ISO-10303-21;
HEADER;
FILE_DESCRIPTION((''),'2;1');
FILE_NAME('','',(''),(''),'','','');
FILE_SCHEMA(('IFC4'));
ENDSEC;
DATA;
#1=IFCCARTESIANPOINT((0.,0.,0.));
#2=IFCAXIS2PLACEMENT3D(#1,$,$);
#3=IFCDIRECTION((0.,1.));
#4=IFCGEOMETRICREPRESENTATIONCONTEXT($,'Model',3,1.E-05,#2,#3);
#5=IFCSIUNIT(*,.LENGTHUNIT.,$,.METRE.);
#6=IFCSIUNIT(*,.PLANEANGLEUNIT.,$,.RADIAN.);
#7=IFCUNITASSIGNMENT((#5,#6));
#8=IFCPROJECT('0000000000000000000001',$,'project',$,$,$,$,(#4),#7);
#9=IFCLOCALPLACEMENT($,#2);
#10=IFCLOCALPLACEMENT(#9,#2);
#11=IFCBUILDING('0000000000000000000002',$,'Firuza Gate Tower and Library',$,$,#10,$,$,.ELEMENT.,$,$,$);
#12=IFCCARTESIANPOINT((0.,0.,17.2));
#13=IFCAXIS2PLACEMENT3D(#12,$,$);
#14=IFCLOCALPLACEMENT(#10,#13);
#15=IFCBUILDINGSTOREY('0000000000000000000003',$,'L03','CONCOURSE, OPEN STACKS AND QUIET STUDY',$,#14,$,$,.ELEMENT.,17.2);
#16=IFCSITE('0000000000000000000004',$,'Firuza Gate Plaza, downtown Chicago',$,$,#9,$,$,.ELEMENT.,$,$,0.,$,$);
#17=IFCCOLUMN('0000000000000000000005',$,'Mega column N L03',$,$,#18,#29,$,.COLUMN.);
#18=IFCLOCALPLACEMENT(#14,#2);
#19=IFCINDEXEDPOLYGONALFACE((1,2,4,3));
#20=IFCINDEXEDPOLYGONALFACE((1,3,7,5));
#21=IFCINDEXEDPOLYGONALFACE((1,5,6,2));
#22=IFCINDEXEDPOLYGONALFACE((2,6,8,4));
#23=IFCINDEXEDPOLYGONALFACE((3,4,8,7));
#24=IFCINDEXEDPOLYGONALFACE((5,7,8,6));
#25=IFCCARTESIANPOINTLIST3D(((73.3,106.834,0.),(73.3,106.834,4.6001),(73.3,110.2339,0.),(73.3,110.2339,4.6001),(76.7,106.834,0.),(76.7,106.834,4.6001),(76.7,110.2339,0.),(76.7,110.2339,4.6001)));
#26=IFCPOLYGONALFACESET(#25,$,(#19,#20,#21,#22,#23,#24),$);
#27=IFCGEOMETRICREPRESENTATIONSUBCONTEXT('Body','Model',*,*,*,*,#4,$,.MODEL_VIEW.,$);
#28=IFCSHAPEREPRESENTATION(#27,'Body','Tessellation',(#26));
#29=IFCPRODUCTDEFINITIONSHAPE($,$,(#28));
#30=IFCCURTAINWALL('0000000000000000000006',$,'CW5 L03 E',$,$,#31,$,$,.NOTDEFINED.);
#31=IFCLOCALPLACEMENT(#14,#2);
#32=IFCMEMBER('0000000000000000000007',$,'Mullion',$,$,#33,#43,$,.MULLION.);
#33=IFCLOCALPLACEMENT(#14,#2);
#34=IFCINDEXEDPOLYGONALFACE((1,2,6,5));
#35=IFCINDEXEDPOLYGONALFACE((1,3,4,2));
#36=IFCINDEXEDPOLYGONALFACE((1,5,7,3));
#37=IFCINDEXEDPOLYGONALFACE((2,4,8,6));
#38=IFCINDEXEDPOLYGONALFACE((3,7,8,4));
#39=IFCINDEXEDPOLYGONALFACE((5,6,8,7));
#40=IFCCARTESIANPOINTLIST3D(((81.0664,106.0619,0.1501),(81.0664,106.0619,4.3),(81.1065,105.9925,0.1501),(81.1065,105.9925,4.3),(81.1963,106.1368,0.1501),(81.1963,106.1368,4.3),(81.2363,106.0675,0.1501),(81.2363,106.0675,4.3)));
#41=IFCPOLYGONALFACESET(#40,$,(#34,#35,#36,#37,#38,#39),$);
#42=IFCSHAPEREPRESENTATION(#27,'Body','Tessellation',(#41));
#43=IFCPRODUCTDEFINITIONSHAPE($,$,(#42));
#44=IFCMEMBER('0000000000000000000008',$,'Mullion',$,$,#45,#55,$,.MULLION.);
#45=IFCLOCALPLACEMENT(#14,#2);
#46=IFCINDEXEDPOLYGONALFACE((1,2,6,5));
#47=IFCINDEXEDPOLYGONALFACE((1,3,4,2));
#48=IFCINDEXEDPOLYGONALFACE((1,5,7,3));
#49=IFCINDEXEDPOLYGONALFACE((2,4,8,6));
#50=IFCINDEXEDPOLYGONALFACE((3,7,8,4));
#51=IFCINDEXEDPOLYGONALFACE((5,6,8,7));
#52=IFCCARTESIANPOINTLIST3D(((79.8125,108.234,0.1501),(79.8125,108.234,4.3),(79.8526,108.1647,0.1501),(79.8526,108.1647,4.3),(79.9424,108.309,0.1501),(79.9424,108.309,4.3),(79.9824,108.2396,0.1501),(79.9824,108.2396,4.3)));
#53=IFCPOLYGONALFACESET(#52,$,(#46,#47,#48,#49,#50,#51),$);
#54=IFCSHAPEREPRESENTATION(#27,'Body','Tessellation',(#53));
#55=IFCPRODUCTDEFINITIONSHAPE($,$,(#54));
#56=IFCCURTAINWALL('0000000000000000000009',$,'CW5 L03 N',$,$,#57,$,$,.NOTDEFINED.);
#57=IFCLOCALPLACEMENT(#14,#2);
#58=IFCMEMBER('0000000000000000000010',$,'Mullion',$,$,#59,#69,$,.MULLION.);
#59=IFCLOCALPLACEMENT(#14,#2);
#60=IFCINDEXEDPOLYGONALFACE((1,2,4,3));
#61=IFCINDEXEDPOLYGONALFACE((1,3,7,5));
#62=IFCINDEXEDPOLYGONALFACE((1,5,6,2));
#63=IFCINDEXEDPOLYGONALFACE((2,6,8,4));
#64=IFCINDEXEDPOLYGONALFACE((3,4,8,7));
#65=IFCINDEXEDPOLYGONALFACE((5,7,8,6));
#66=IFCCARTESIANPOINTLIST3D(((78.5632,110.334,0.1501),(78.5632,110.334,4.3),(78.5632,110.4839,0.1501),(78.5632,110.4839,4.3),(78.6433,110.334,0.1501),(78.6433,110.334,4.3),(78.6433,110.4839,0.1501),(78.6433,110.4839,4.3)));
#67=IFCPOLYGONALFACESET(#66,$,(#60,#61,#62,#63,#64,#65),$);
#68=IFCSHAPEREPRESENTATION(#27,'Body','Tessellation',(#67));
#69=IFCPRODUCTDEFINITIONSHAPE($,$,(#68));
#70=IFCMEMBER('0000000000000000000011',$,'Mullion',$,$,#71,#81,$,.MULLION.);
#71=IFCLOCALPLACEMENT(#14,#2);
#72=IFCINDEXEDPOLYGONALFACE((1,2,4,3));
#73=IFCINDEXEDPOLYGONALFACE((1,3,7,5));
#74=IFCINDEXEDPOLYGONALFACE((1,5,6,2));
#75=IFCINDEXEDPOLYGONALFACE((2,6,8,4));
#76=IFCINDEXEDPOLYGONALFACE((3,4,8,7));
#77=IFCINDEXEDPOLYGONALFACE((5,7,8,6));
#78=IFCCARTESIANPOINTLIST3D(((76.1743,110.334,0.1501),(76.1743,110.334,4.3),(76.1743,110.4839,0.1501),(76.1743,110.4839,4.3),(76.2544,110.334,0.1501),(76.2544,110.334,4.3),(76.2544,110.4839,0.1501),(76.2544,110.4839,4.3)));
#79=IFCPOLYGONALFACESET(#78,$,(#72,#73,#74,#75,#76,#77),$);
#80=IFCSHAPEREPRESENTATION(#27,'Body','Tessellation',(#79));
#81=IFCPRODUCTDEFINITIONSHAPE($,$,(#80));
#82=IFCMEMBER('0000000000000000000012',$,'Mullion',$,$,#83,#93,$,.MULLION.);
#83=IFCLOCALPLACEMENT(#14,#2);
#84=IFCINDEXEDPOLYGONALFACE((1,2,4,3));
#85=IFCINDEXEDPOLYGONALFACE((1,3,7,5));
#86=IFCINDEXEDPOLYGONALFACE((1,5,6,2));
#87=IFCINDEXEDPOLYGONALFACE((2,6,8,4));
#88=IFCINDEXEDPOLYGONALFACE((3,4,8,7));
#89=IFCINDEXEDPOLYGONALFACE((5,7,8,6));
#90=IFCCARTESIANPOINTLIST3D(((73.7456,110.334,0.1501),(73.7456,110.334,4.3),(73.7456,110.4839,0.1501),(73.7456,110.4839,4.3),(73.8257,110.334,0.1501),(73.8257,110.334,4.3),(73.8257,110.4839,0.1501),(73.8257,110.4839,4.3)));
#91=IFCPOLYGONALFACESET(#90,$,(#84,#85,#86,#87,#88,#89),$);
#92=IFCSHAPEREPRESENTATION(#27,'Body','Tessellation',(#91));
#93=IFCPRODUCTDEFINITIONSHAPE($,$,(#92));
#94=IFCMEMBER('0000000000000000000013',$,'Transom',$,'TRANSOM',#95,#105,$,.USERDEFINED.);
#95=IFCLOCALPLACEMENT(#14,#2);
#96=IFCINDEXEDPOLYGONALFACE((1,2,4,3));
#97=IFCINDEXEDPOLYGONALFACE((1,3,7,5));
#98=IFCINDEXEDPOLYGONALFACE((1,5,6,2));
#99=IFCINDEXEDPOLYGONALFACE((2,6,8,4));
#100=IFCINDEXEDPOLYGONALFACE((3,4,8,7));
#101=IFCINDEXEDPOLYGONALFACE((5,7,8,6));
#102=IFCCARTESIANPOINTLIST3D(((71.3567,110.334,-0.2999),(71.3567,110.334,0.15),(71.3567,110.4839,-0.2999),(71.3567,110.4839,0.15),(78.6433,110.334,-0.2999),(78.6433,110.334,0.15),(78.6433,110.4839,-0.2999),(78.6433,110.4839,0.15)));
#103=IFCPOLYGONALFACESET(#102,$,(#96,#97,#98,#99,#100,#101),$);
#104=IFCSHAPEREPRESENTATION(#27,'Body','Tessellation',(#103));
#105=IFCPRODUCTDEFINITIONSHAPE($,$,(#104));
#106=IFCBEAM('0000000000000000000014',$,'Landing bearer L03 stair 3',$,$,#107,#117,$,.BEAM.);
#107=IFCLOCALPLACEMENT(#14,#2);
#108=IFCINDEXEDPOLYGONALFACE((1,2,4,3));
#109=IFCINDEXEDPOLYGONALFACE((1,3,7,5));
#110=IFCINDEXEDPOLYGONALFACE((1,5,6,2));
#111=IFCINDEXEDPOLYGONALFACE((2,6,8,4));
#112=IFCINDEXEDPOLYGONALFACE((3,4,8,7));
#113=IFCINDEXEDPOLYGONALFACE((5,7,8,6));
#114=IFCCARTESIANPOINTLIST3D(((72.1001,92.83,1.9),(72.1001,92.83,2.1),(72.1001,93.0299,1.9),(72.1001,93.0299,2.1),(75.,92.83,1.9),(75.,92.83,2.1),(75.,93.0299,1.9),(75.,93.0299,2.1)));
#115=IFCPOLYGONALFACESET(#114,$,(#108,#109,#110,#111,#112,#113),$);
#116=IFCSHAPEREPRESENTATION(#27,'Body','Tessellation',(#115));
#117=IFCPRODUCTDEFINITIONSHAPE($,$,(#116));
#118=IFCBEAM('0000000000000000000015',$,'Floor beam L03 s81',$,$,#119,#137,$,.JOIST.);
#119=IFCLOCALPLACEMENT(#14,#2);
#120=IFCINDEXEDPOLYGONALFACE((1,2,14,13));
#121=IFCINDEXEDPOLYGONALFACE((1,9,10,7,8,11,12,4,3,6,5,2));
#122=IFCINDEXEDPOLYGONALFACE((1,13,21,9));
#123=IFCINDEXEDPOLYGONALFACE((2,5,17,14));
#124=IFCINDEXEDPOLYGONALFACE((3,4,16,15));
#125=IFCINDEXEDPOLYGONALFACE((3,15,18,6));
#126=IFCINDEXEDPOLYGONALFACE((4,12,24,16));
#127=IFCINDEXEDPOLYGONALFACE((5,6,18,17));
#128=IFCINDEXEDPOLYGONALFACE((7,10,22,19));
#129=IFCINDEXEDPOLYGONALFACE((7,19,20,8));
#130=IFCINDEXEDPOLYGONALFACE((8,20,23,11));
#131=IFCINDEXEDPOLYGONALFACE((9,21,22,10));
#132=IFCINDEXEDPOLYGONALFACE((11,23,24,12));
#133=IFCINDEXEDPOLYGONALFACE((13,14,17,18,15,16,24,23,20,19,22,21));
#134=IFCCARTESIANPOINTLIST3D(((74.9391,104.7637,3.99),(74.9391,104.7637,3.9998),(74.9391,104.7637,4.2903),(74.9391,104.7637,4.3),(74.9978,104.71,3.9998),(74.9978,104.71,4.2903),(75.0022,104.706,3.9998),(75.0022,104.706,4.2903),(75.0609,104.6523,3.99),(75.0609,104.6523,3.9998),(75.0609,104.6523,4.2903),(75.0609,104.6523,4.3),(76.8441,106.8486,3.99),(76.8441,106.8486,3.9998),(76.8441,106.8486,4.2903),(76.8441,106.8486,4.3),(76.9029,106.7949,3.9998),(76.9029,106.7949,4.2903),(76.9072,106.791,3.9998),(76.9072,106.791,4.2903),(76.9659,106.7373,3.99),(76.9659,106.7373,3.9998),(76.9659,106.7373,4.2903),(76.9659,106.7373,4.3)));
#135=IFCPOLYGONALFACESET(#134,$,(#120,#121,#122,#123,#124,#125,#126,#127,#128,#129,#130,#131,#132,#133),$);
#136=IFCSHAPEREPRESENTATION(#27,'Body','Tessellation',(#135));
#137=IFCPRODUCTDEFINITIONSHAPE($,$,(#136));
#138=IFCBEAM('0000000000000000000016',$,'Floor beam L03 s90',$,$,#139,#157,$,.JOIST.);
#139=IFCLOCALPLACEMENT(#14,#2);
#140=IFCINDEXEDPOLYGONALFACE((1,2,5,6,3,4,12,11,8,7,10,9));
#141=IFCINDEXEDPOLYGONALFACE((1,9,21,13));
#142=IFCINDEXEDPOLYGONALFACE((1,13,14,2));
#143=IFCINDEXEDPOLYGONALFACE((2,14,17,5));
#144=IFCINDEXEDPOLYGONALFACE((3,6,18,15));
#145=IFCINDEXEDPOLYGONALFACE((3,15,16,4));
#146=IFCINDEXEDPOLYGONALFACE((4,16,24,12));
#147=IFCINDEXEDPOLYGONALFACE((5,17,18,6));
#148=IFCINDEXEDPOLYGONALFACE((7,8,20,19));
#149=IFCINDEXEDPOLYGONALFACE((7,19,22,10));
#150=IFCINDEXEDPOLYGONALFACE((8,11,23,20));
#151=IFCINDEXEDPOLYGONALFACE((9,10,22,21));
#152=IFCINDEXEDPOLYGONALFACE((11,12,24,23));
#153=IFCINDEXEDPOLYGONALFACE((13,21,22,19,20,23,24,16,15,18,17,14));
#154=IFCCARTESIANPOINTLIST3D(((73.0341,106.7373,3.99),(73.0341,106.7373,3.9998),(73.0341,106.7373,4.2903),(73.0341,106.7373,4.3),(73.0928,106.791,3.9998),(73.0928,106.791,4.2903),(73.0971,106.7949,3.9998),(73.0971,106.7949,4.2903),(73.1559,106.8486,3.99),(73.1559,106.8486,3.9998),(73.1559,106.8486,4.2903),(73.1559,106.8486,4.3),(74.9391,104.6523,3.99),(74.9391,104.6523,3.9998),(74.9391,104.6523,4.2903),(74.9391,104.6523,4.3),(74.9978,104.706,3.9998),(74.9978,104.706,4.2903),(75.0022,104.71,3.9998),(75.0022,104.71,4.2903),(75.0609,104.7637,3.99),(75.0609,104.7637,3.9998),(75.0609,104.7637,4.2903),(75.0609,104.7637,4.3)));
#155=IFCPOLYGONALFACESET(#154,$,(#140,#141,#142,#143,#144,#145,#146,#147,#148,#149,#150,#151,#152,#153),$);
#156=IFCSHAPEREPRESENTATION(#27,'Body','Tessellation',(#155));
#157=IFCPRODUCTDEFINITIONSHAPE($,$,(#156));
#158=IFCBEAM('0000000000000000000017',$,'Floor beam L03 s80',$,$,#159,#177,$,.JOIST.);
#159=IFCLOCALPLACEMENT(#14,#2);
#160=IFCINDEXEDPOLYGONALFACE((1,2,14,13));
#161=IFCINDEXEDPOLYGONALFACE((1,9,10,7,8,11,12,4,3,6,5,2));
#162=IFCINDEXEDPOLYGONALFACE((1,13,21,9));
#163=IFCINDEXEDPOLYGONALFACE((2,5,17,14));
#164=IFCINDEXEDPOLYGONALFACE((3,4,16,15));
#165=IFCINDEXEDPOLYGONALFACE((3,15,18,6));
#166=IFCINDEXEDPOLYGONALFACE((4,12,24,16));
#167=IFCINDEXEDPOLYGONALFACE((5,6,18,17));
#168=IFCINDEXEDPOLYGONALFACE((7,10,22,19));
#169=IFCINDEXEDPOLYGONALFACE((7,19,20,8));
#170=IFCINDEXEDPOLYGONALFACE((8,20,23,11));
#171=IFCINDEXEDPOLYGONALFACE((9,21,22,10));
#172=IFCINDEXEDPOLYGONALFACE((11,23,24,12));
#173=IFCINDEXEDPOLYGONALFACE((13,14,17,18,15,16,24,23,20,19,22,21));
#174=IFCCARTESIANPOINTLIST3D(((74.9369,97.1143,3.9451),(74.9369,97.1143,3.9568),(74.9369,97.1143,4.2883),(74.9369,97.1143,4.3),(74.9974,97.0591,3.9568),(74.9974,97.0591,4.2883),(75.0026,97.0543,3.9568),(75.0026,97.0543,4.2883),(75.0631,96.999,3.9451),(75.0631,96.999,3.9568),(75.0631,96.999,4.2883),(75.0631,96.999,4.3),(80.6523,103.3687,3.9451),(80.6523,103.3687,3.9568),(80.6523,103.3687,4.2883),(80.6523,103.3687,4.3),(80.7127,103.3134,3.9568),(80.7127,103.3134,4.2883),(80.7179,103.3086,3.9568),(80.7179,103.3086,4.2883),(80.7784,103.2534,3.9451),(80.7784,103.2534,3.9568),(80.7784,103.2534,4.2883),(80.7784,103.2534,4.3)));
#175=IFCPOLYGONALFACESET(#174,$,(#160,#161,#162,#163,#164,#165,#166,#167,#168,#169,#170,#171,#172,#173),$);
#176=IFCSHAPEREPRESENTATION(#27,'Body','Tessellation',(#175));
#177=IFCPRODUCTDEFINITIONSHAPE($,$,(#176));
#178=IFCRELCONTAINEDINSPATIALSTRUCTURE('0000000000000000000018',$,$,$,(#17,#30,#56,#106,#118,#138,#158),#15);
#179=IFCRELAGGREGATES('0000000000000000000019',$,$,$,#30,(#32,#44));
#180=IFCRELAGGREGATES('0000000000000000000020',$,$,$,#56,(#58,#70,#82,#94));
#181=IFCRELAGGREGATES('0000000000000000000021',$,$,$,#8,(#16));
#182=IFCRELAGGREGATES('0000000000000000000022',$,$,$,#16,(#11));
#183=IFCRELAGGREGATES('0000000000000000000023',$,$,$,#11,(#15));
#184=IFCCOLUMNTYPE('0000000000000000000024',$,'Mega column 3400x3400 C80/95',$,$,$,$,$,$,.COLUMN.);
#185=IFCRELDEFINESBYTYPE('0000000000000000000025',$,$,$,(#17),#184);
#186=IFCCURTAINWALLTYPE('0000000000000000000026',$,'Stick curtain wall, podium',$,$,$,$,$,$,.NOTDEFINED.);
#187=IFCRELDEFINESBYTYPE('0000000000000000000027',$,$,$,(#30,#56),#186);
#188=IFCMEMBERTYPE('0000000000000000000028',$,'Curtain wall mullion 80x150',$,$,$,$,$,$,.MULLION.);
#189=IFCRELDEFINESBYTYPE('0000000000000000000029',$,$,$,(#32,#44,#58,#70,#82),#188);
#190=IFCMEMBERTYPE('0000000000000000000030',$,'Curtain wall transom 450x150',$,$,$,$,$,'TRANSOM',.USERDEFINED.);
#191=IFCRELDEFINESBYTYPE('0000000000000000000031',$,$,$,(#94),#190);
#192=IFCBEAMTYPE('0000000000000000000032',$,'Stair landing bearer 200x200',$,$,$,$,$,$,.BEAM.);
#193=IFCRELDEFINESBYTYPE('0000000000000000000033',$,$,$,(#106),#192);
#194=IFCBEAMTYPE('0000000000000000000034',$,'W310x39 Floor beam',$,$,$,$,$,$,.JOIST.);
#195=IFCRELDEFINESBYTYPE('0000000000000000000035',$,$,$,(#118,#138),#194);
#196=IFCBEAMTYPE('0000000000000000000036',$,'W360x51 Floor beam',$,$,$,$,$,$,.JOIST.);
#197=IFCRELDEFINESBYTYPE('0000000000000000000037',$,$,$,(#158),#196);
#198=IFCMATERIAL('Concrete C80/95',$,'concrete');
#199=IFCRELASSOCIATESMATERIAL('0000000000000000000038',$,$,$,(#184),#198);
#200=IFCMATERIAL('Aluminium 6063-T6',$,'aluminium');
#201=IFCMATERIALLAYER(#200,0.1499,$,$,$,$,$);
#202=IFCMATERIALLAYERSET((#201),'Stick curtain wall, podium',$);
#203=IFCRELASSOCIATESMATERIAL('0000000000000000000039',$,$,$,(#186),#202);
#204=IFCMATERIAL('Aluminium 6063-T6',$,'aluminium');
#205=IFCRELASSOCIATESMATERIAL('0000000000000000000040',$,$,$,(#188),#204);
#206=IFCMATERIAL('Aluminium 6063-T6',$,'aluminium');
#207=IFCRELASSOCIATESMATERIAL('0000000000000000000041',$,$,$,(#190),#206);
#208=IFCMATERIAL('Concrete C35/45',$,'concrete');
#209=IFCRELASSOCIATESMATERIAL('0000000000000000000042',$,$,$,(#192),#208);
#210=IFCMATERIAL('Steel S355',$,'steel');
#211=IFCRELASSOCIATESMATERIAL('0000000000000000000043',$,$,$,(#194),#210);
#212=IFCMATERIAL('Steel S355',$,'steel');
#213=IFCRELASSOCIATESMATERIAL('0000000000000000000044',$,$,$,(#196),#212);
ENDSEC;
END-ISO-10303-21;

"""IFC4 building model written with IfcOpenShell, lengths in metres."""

from ifc_helpers import new_model, si_unit, direction, frame, origin, origin_2d, place, context, subcontext, project, spatial, rectangle, i_section, extrude, material, layer, layer_set, material_profile, profile_set, type_object, element, aggregate, save


model = new_model("IFC4")

# Units and contexts
model_context = context("Model", 3, precision=1e-05, world=origin(), true_north=direction((0.0, 1.0)))
body_context = subcontext(model_context, "Body", "Model", "MODEL_VIEW")
ifc_project = project(units=[si_unit("LENGTHUNIT", "METRE"), si_unit("PLANEANGLEUNIT", "RADIAN")], contexts=[model_context])

# Site, building, storey
site_placement = place(None, origin())
site = spatial("IfcSite", under=ifc_project, at=site_placement, Name="Firuza Gate Plaza, downtown Chicago", CompositionType="ELEMENT", RefElevation=0.0)
building_placement = place(site_placement, origin())
building = spatial("IfcBuilding", under=site, at=building_placement, Name="Firuza Gate Tower and Library", CompositionType="ELEMENT")
storey_placement = place(building_placement, frame((0.0, 0.0, 17.2)))
storey = spatial("IfcBuildingStorey", under=building, at=storey_placement, Name="L03", Description="CONCOURSE, OPEN STACKS AND QUIET STUDY", CompositionType="ELEMENT", Elevation=17.2)

# Column
ifc_material_1 = material(Name="Concrete C80/95", Category="concrete")
ifc_material_profile_1 = material_profile(ifc_material_1, rectangle(XDim=3.3999, YDim=3.3999, at=origin_2d()))
ifc_profile_set_1 = profile_set([ifc_material_profile_1], Name="Concrete C80/95")
column_type = type_object("IfcColumnType", Name="Mega column 3400x3400 C80/95", PredefinedType="COLUMN", material=ifc_profile_set_1)
column_placement = place(storey_placement, frame((75.0, 108.5339, 0.0), z_axis=(0.0, 0.0, 1.0), x_axis=(-1.0, 0.0, 0.0)))
element("IfcColumn", 1, at=column_placement, inside=storey, type_object=column_type, Name="Mega column N L03", PredefinedType="COLUMN", context=body_context, shape_type="SweptSolid", body=[
    extrude(rectangle(XDim=3.3999, YDim=3.3999, at=origin_2d()), origin(), (0.0, 0.0, 1.0), 4.6001),
])

# Curtain walls, members
ifc_material_2 = material(Name="Aluminium 6063-T6", Category="aluminium")
ifc_layer_1 = layer(ifc_material_2, 0.1499)
ifc_layer_set_1 = layer_set([ifc_layer_1], Name="Stick curtain wall, podium")
curtain_wall_type = type_object("IfcCurtainWallType", Name="Stick curtain wall, podium", PredefinedType="NOTDEFINED", material=ifc_layer_set_1)
placement = place(storey_placement, origin())
curtain_wall_1 = element("IfcCurtainWall", 2, at=placement, inside=storey, type_object=curtain_wall_type, Name="CW5 L03 E", PredefinedType="NOTDEFINED")
ifc_material_3 = material(Name="Aluminium 6063-T6", Category="aluminium")
ifc_material_profile_2 = material_profile(ifc_material_3, rectangle(XDim=0.1499, YDim=0.0801, at=origin_2d()))
ifc_profile_set_2 = profile_set([ifc_material_profile_2], Name="Aluminium 6063-T6")
member_type_1 = type_object("IfcMemberType", Name="Curtain wall mullion 80x150", PredefinedType="MULLION", material=ifc_profile_set_2)
member_1_placement = place(storey_placement, frame((81.1514, 106.0647, 0.1501), z_axis=(0.0, 0.0, 1.0), x_axis=(-0.866025, -0.5, 0.0)))
member_1 = element("IfcMember", 3, at=member_1_placement, type_object=member_type_1, Name="Mullion", PredefinedType="MULLION", context=body_context, shape_type="SweptSolid", body=[
    extrude(rectangle(XDim=0.1499, YDim=0.0801, at=origin_2d()), origin(), (0.0, 0.0, 1.0), 4.1499),
])
member_2_placement = place(storey_placement, frame((79.8975, 108.2368, 0.1501), z_axis=(0.0, 0.0, 1.0), x_axis=(-0.866025, -0.5, 0.0)))
member_2 = element("IfcMember", 4, at=member_2_placement, type_object=member_type_1, Name="Mullion", PredefinedType="MULLION", context=body_context, shape_type="SweptSolid", body=[
    extrude(rectangle(XDim=0.1499, YDim=0.0801, at=origin_2d()), origin(), (0.0, 0.0, 1.0), 4.1499),
])
curtain_wall_2 = element("IfcCurtainWall", 5, at=placement, inside=storey, type_object=curtain_wall_type, Name="CW5 L03 N", PredefinedType="NOTDEFINED")
member_3_placement = place(storey_placement, frame((78.6033, 110.4089, 0.1501), z_axis=(0.0, 0.0, 1.0), x_axis=(0.0, -1.0, 0.0)))
member_3 = element("IfcMember", 6, at=member_3_placement, type_object=member_type_1, Name="Mullion", PredefinedType="MULLION", context=body_context, shape_type="SweptSolid", body=[
    extrude(rectangle(XDim=0.1499, YDim=0.0801, at=origin_2d()), origin(), (0.0, 0.0, 1.0), 4.1499),
])
member_4_placement = place(storey_placement, frame((76.2144, 110.4089, 0.1501), z_axis=(0.0, 0.0, 1.0), x_axis=(0.0, -1.0, 0.0)))
member_4 = element("IfcMember", 7, at=member_4_placement, type_object=member_type_1, Name="Mullion", PredefinedType="MULLION", context=body_context, shape_type="SweptSolid", body=[
    extrude(rectangle(XDim=0.1499, YDim=0.0801, at=origin_2d()), origin(), (0.0, 0.0, 1.0), 4.1499),
])
member_5_placement = place(storey_placement, frame((73.7856, 110.4089, 0.1501), z_axis=(0.0, 0.0, 1.0), x_axis=(0.0, -1.0, 0.0)))
member_5 = element("IfcMember", 8, at=member_5_placement, type_object=member_type_1, Name="Mullion", PredefinedType="MULLION", context=body_context, shape_type="SweptSolid", body=[
    extrude(rectangle(XDim=0.1499, YDim=0.0801, at=origin_2d()), origin(), (0.0, 0.0, 1.0), 4.1499),
])
ifc_material_4 = material(Name="Aluminium 6063-T6", Category="aluminium")
ifc_material_profile_3 = material_profile(ifc_material_4, rectangle(XDim=0.1499, YDim=0.45, at=origin_2d()))
ifc_profile_set_3 = profile_set([ifc_material_profile_3], Name="Aluminium 6063-T6")
member_type_2 = type_object("IfcMemberType", Name="Curtain wall transom 450x150", ElementType="TRANSOM", PredefinedType="USERDEFINED", material=ifc_profile_set_3)
member_6_placement = place(storey_placement, frame((78.6433, 110.4089, -0.075), z_axis=(-1.0, 0.0, 0.0), x_axis=(0.0, -1.0, 0.0)))
member_6 = element("IfcMember", 9, at=member_6_placement, type_object=member_type_2, Name="Transom", ObjectType="TRANSOM", PredefinedType="USERDEFINED", context=body_context, shape_type="SweptSolid", body=[
    extrude(rectangle(XDim=0.1499, YDim=0.45, at=origin_2d()), origin(), (0.0, 0.0, 1.0), 7.2866),
])

# Beams
ifc_material_5 = material(Name="Concrete C35/45", Category="concrete")
ifc_material_profile_4 = material_profile(ifc_material_5, rectangle(XDim=0.2, YDim=0.2, at=origin_2d()))
ifc_profile_set_4 = profile_set([ifc_material_profile_4], Name="Concrete C35/45")
beam_type_1 = type_object("IfcBeamType", Name="Stair landing bearer 200x200", PredefinedType="BEAM", material=ifc_profile_set_4)
beam_1_placement = place(storey_placement, frame((75.0, 92.9299, 2.0), z_axis=(-1.0, 0.0, 0.0), x_axis=(0.0, -1.0, 0.0)))
element("IfcBeam", 10, at=beam_1_placement, inside=storey, type_object=beam_type_1, Name="Landing bearer L03 stair 3", PredefinedType="BEAM", context=body_context, shape_type="SweptSolid", body=[
    extrude(rectangle(XDim=0.2, YDim=0.2, at=origin_2d()), origin(), (0.0, 0.0, 1.0), 2.8999),
])
ifc_material_6 = material(Name="Steel S355", Category="steel")
ifc_material_profile_5 = material_profile(ifc_material_6, i_section(OverallWidth=0.165, OverallDepth=0.3101, WebThickness=0.0059, FlangeThickness=0.0098, at=origin_2d()))
ifc_profile_set_5 = profile_set([ifc_material_profile_5], Name="Steel S355")
beam_type_2 = type_object("IfcBeamType", Name="W310x39 Floor beam", PredefinedType="JOIST", material=ifc_profile_set_5)
for number, where, z_axis, x_axis, name in (
    (11, (76.905, 106.793, 4.145), (-0.674534, -0.738244, 0.0), (0.738244, -0.674534, 0.0), "Floor beam L03 s81"),
    (12, (73.095, 106.793, 4.145), (0.674534, -0.738244, 0.0), (0.738244, 0.674534, 0.0), "Floor beam L03 s90"),
):
    element("IfcBeam", number, at=place(storey_placement, frame(where, z_axis=z_axis, x_axis=x_axis)), inside=storey, type_object=beam_type_2, Name=name, PredefinedType="JOIST", context=body_context, shape_type="SweptSolid", body=[
        extrude(i_section(OverallWidth=0.165, OverallDepth=0.3101, WebThickness=0.0059, FlangeThickness=0.0098, at=origin_2d()), origin(), (0.0, 0.0, 1.0), 2.8242),
    ])
ifc_material_7 = material(Name="Steel S355", Category="steel")
ifc_material_profile_6 = material_profile(ifc_material_7, i_section(OverallWidth=0.1709, OverallDepth=0.355, WebThickness=0.0071, FlangeThickness=0.0117, at=origin_2d()))
ifc_profile_set_6 = profile_set([ifc_material_profile_6], Name="Steel S355")
beam_type_3 = type_object("IfcBeamType", Name="W360x51 Floor beam", PredefinedType="JOIST", material=ifc_profile_set_6)
beam_2_placement = place(storey_placement, frame((80.7153, 103.311, 4.1226), z_axis=(-0.674578, -0.738203, 0.0), x_axis=(0.738203, -0.674578, 0.0)))
element("IfcBeam", 13, at=beam_2_placement, inside=storey, type_object=beam_type_3, Name="Floor beam L03 s80", PredefinedType="JOIST", context=body_context, shape_type="SweptSolid", body=[
    extrude(i_section(OverallWidth=0.1709, OverallDepth=0.355, WebThickness=0.0071, FlangeThickness=0.0117, at=origin_2d()), origin(), (0.0, 0.0, 1.0), 8.4724),
])

aggregate(curtain_wall_1, [member_1, member_2])
aggregate(curtain_wall_2, [member_3, member_4, member_5, member_6])

save(model, "model.ifc")
